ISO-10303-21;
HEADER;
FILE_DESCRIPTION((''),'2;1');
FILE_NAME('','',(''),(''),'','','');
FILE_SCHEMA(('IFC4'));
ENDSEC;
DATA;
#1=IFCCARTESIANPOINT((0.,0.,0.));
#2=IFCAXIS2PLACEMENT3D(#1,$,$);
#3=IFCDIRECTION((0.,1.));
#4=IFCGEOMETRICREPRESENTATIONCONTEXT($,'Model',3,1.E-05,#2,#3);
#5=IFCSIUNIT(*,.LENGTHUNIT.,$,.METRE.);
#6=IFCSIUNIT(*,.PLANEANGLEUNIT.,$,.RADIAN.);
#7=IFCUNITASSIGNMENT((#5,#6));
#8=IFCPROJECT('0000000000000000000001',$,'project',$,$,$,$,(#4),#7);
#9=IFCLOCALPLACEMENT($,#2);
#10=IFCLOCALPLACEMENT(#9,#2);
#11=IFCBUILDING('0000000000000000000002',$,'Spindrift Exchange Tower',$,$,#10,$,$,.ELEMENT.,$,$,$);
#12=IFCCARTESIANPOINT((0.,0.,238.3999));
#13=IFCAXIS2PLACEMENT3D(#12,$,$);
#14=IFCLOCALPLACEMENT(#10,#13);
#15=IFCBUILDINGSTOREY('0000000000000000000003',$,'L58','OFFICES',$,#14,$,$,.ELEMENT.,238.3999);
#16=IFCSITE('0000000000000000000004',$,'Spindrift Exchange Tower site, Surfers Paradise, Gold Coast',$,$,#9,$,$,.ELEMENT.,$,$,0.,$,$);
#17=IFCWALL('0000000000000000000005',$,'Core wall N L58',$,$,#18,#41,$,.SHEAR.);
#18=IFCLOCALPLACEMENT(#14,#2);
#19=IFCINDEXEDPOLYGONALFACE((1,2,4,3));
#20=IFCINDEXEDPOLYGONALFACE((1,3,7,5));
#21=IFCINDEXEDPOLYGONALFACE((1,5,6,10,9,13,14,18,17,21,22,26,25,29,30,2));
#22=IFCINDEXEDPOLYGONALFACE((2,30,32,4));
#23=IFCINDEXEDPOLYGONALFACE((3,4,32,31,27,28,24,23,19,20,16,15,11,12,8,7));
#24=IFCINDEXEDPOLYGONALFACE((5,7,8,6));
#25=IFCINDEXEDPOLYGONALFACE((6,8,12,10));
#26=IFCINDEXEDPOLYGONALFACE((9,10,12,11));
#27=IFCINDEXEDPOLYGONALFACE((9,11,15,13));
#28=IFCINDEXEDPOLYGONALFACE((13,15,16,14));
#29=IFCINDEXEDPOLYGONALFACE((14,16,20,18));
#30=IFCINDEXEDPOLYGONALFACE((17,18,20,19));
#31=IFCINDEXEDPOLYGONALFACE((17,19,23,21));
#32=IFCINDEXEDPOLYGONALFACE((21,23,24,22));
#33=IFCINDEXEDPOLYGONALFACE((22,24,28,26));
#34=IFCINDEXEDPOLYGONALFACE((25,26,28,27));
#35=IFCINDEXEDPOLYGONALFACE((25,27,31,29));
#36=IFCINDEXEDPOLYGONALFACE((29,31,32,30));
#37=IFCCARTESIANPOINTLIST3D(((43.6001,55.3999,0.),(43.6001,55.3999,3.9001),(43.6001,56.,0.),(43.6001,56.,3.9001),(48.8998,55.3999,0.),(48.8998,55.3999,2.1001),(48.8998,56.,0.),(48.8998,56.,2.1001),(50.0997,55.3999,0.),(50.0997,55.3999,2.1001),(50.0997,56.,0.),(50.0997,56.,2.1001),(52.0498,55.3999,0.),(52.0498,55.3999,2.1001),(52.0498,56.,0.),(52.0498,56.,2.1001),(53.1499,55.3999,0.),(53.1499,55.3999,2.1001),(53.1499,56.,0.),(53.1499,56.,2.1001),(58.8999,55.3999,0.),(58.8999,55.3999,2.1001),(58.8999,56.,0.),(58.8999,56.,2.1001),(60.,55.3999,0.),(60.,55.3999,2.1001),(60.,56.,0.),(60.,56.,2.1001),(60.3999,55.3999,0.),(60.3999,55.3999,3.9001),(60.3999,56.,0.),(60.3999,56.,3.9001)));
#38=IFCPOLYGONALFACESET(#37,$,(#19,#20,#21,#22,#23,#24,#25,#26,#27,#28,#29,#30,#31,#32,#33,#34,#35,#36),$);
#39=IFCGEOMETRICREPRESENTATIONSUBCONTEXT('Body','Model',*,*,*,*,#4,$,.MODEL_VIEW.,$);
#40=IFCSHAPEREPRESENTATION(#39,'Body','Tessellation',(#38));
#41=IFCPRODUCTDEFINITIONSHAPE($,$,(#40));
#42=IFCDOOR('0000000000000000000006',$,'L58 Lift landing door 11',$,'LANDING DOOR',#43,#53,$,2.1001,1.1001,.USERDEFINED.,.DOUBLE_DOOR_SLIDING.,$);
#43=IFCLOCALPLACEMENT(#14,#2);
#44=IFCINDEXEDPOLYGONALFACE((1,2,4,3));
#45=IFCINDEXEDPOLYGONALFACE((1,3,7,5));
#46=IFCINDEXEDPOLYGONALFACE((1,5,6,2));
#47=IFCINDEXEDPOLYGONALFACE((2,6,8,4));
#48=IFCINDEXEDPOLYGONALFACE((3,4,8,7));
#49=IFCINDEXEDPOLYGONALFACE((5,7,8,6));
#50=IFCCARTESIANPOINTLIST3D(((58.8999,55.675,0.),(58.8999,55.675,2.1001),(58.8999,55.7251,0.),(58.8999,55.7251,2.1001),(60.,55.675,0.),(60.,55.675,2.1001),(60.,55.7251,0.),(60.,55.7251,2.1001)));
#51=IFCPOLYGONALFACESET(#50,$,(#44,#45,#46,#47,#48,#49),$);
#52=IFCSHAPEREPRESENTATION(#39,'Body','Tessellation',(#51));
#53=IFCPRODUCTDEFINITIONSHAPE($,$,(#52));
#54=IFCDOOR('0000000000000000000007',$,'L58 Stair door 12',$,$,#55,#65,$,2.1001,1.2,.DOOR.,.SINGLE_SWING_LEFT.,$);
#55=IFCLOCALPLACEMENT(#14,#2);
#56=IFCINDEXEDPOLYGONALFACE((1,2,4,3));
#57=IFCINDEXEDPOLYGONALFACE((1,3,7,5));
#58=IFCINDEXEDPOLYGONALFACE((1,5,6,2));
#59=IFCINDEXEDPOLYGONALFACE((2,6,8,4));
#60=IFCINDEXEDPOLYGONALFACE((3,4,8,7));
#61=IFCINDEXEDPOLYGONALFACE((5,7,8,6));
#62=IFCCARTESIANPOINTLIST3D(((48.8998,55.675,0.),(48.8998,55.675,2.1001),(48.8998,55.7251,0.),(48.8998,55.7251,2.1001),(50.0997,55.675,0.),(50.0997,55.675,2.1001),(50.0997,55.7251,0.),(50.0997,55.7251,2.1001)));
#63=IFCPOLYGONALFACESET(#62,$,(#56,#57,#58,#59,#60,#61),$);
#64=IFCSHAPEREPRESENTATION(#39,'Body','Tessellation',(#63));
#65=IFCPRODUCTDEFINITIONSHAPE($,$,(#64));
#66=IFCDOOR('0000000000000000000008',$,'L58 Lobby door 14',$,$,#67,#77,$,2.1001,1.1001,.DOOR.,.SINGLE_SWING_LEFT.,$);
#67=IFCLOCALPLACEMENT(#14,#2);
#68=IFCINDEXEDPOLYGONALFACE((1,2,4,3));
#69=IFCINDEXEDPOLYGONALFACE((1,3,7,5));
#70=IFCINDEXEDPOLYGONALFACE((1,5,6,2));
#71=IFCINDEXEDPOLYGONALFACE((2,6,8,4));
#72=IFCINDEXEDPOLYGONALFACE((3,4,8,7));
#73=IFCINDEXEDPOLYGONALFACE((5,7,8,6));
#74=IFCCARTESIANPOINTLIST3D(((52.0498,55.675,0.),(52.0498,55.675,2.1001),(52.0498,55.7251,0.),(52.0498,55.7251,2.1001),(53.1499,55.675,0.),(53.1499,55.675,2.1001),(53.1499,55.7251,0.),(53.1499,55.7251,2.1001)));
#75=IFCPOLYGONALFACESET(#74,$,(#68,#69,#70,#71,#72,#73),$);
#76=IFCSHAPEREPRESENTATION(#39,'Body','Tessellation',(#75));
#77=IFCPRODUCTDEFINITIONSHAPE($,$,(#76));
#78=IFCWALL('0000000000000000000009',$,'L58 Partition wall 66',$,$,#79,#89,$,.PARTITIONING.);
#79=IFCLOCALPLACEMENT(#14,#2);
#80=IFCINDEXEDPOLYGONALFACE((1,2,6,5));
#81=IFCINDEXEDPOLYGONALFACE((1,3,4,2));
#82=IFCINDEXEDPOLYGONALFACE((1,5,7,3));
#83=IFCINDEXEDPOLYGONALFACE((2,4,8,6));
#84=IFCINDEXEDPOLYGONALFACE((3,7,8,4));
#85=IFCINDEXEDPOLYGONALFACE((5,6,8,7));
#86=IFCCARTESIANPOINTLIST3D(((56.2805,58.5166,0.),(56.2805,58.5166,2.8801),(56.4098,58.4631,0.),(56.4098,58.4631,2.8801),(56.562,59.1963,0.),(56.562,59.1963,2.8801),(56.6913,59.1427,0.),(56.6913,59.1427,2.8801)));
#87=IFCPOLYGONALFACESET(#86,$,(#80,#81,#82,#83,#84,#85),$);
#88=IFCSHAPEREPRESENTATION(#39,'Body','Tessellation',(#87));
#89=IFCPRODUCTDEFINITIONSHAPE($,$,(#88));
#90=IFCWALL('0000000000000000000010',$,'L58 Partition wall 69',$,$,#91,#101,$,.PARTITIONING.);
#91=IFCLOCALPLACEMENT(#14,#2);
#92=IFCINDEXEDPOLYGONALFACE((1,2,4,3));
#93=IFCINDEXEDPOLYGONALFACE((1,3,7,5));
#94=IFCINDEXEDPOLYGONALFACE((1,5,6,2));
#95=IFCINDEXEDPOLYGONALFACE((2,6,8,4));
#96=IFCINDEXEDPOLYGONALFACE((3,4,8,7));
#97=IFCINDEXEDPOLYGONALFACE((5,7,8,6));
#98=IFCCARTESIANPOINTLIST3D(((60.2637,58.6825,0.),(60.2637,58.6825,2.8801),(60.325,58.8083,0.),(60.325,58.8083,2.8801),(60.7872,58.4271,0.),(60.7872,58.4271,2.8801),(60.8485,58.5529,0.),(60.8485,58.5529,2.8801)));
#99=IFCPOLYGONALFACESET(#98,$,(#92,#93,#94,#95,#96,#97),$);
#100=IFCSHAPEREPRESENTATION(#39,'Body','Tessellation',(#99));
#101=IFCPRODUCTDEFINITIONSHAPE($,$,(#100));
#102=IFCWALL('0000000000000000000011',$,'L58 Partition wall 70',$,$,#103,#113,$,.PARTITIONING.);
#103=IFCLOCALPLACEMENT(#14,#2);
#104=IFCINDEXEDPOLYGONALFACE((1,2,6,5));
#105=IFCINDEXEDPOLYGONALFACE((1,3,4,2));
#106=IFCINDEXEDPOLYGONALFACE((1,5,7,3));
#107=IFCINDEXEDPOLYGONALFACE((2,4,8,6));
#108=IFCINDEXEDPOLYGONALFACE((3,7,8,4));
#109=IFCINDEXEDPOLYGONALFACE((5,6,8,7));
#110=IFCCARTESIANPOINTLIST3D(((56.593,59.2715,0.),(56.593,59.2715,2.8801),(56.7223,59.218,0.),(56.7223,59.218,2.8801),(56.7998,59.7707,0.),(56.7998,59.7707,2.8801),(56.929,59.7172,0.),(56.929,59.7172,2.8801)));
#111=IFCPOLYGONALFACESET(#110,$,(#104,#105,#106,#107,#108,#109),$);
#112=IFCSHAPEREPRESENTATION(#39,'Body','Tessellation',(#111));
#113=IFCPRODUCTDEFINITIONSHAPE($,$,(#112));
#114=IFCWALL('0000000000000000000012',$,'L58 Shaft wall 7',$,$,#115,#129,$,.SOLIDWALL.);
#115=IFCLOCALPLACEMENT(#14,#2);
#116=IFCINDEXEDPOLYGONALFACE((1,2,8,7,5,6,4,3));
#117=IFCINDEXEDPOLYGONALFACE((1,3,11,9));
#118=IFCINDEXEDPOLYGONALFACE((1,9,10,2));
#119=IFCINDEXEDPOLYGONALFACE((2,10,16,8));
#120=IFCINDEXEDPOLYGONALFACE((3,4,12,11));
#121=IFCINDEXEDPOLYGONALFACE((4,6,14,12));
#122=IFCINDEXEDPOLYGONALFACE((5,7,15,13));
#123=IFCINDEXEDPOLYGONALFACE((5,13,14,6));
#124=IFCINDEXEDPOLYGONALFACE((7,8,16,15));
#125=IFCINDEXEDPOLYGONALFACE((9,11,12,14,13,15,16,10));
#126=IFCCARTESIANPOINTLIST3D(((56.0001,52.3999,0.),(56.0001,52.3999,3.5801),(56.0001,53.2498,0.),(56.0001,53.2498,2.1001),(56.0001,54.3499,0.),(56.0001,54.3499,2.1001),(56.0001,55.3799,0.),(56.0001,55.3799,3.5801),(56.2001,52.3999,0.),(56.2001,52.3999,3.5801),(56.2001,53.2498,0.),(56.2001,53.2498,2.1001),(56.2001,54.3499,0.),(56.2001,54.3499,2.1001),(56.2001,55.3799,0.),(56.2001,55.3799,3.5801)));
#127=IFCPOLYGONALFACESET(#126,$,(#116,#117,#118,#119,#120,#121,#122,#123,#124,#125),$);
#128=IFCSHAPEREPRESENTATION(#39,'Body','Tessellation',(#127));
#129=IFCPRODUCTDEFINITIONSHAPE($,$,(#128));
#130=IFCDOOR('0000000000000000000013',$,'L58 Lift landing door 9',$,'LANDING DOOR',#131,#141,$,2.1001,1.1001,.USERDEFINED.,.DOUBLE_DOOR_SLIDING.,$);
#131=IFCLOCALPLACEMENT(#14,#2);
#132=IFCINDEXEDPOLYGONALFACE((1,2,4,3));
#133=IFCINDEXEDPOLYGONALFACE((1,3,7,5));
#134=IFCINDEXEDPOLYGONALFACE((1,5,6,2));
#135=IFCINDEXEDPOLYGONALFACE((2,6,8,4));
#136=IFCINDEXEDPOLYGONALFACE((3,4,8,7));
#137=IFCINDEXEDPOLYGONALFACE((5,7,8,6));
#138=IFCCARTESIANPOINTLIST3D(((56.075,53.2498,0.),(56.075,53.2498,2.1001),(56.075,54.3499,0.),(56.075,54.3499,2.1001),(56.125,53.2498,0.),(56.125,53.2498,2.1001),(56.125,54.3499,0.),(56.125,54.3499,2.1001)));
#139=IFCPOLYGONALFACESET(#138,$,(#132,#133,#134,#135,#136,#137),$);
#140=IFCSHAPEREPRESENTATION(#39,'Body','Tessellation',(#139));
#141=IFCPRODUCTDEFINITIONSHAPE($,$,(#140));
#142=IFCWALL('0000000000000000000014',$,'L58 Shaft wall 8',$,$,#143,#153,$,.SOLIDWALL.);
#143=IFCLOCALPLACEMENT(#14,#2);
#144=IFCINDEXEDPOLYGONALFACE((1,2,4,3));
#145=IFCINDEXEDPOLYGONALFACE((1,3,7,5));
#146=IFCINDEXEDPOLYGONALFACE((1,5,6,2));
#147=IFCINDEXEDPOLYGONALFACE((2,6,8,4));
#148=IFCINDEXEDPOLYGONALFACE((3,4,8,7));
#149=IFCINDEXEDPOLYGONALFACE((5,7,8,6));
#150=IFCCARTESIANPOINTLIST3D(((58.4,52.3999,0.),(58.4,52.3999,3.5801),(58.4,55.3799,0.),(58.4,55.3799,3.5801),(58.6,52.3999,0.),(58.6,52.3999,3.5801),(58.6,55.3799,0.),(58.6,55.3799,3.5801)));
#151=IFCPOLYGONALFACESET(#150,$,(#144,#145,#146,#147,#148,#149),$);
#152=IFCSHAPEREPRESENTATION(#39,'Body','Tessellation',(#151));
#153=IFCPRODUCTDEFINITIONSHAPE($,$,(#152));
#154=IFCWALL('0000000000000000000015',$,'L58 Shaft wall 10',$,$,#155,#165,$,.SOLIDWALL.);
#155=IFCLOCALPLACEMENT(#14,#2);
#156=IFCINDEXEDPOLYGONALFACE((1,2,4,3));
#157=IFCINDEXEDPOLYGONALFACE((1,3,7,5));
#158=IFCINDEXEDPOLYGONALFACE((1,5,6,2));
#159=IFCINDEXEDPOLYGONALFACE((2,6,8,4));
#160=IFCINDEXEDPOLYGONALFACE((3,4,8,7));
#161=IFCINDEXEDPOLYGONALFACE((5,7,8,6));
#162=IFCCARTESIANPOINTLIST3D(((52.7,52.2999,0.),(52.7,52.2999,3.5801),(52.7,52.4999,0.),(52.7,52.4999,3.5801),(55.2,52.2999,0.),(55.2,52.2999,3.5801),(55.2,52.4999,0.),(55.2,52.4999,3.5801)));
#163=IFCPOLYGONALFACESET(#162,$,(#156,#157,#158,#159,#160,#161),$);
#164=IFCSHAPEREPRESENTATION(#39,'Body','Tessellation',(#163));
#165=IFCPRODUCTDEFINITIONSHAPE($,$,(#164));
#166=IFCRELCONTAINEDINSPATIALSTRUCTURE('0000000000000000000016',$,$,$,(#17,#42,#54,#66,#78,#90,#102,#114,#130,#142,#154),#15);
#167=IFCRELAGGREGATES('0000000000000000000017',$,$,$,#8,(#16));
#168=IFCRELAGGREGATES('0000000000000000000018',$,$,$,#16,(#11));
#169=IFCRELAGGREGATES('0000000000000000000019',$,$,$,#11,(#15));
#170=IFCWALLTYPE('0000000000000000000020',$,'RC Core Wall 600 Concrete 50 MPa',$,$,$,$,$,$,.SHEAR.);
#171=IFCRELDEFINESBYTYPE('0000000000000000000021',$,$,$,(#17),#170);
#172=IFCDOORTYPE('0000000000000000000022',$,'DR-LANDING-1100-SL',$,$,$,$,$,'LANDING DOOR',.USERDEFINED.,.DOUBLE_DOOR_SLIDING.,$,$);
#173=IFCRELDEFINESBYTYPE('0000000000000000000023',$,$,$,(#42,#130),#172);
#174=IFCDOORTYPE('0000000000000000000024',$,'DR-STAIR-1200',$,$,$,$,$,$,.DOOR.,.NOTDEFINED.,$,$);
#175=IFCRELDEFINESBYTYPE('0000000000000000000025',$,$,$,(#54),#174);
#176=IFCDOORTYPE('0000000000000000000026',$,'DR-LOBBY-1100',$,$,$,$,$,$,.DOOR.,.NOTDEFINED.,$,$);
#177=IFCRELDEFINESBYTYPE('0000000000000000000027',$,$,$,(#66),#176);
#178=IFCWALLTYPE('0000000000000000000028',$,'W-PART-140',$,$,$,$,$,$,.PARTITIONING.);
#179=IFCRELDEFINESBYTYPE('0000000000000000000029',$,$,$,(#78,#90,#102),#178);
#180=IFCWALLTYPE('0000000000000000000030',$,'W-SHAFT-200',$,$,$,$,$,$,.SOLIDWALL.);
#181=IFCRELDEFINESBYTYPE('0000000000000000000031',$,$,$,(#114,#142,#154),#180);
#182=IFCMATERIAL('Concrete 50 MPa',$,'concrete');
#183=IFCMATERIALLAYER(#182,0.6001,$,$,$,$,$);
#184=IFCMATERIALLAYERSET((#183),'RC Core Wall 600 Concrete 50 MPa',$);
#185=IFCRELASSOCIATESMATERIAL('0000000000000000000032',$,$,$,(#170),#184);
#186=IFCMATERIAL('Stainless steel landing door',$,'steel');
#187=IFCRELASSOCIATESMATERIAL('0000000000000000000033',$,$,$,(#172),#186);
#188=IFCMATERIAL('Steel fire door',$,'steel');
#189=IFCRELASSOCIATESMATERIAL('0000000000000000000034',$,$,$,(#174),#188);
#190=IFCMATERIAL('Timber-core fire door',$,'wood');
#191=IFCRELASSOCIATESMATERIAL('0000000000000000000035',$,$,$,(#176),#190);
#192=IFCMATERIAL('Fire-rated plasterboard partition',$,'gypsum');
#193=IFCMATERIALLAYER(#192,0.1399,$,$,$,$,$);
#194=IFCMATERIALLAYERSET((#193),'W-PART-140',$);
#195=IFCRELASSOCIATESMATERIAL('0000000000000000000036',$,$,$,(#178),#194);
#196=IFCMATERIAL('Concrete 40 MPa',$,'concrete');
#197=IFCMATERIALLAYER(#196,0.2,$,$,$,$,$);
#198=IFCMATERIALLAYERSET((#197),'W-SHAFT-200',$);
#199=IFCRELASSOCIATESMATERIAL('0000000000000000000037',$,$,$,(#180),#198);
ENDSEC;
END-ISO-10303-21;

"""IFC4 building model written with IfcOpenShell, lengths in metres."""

from ifc_helpers import new_model, si_unit, direction, frame, frame_2d, origin, place, context, subcontext, project, spatial, rectangle, extrude, source, transform, mapped, material, layer, layer_set, type_object, element, fill, save


model = new_model("IFC4")

# Units and contexts
model_context = context("Model", 3, precision=1e-05, world=origin(), true_north=direction((0.0, 1.0)))
body_context = subcontext(model_context, "Body", "Model", "MODEL_VIEW")
ifc_project = project(units=[si_unit("LENGTHUNIT", "METRE"), si_unit("PLANEANGLEUNIT", "RADIAN")], contexts=[model_context])

# Site, building, storey
site_placement = place(None, origin())
site = spatial("IfcSite", under=ifc_project, at=site_placement, Name="Spindrift Exchange Tower site, Surfers Paradise, Gold Coast", CompositionType="ELEMENT", RefElevation=0.0)
building_placement = place(site_placement, origin())
building = spatial("IfcBuilding", under=site, at=building_placement, Name="Spindrift Exchange Tower", CompositionType="ELEMENT")
storey_placement = place(building_placement, frame((0.0, 0.0, 238.3999)))
storey = spatial("IfcBuildingStorey", under=building, at=storey_placement, Name="L58", Description="OFFICES", CompositionType="ELEMENT", Elevation=238.3999)

# Wall, openings, doors
ifc_material_1 = material(Name="Concrete 50 MPa", Category="concrete")
ifc_layer_1 = layer(ifc_material_1, 0.6001)
ifc_layer_set_1 = layer_set([ifc_layer_1], Name="RC Core Wall 600 Concrete 50 MPa")
wall_type_1 = type_object("IfcWallType", Name="RC Core Wall 600 Concrete 50 MPa", PredefinedType="SHEAR", material=ifc_layer_set_1)
wall_1_placement = place(storey_placement, frame((60.3999, 55.7, 0.0), z_axis=(0.0, 0.0, 1.0), x_axis=(-1.0, 0.0, 0.0)))
wall_1 = element("IfcWall", 1, at=wall_1_placement, inside=storey, type_object=wall_type_1, Name="Core wall N L58", PredefinedType="SHEAR", context=body_context, shape_type="SweptSolid", body=[
    extrude(rectangle(XDim=16.7998, YDim=0.6001, at=frame_2d((8.3999, 0.0))), origin(), (0.0, 0.0, 1.0), 3.9001),
])
opening_1_placement = place(wall_1_placement, frame((0.3999, 0.0, 0.0)))
opening_1 = element("IfcOpeningElement", 2, at=opening_1_placement, cuts=wall_1, PredefinedType="OPENING", context=body_context, shape_type="SweptSolid", body=[
    extrude(rectangle(XDim=1.1001, YDim=2.1001, at=frame_2d((0.55, 1.05))), frame((0.0, 0.3101, 0.0), z_axis=(0.0, -1.0, 0.0), x_axis=(1.0, 0.0, 0.0)), (0.0, 0.0, 1.0), 0.6201),
])
opening_2_placement = place(wall_1_placement, frame((10.3, 0.0, 0.0)))
opening_2 = element("IfcOpeningElement", 3, at=opening_2_placement, cuts=wall_1, PredefinedType="OPENING", context=body_context, shape_type="SweptSolid", body=[
    extrude(rectangle(XDim=1.2, YDim=2.1001, at=frame_2d((0.6001, 1.05))), frame((0.0, 0.3101, 0.0), z_axis=(0.0, -1.0, 0.0), x_axis=(1.0, 0.0, 0.0)), (0.0, 0.0, 1.0), 0.6201),
])
opening_3_placement = place(wall_1_placement, frame((7.25, 0.0, 0.0)))
opening_3 = element("IfcOpeningElement", 4, at=opening_3_placement, cuts=wall_1, PredefinedType="OPENING", context=body_context, shape_type="SweptSolid", body=[
    extrude(rectangle(XDim=1.1001, YDim=2.1001, at=frame_2d((0.55, 1.05))), frame((0.0, 0.3101, 0.0), z_axis=(0.0, -1.0, 0.0), x_axis=(1.0, 0.0, 0.0)), (0.0, 0.0, 1.0), 0.6201),
])
ifc_material_2 = material(Name="Stainless steel landing door", Category="steel")
door_type_1 = type_object("IfcDoorType", Name="DR-LANDING-1100-SL", ElementType="LANDING DOOR", OperationType="DOUBLE_DOOR_SLIDING", PredefinedType="USERDEFINED", material=ifc_material_2)
shared_shape_1 = source(origin(), body_context, "Body", "SweptSolid", [
    extrude(rectangle(XDim=1.1001, YDim=2.1001, at=frame_2d((0.55, 1.05))), frame((0.0, 0.0249, 0.0), z_axis=(0.0, -1.0, 0.0), x_axis=(1.0, 0.0, 0.0)), (0.0, 0.0, 1.0), 0.05),
])
door_1_placement = place(opening_1_placement, origin())
door_1 = element("IfcDoor", 5, at=door_1_placement, inside=storey, type_object=door_type_1, Name="L58 Lift landing door 11", ObjectType="LANDING DOOR", OperationType="DOUBLE_DOOR_SLIDING", OverallHeight=2.1001, OverallWidth=1.1001, PredefinedType="USERDEFINED", context=body_context, shape_type="MappedRepresentation", body=[
    mapped(shared_shape_1, transform((0.0, 0.0, 0.0), scale=1.0)),
])
fill(opening_1, door_1)
ifc_material_3 = material(Name="Steel fire door", Category="steel")
door_type_2 = type_object("IfcDoorType", Name="DR-STAIR-1200", OperationType="NOTDEFINED", PredefinedType="DOOR", material=ifc_material_3)
shared_shape_2 = source(origin(), body_context, "Body", "SweptSolid", [
    extrude(rectangle(XDim=1.2, YDim=2.1001, at=frame_2d((0.6001, 1.05))), frame((0.0, 0.0249, 0.0), z_axis=(0.0, -1.0, 0.0), x_axis=(1.0, 0.0, 0.0)), (0.0, 0.0, 1.0), 0.05),
])
door_2_placement = place(opening_2_placement, origin())
door_2 = element("IfcDoor", 6, at=door_2_placement, inside=storey, type_object=door_type_2, Name="L58 Stair door 12", OperationType="SINGLE_SWING_LEFT", OverallHeight=2.1001, OverallWidth=1.2, PredefinedType="DOOR", context=body_context, shape_type="MappedRepresentation", body=[
    mapped(shared_shape_2, transform((0.0, 0.0, 0.0), scale=1.0)),
])
fill(opening_2, door_2)
ifc_material_4 = material(Name="Timber-core fire door", Category="wood")
door_type_3 = type_object("IfcDoorType", Name="DR-LOBBY-1100", OperationType="NOTDEFINED", PredefinedType="DOOR", material=ifc_material_4)
shared_shape_3 = source(origin(), body_context, "Body", "SweptSolid", [
    extrude(rectangle(XDim=1.1001, YDim=2.1001, at=frame_2d((0.55, 1.05))), frame((0.0, 0.0249, 0.0), z_axis=(0.0, -1.0, 0.0), x_axis=(1.0, 0.0, 0.0)), (0.0, 0.0, 1.0), 0.05),
])
door_3_placement = place(opening_3_placement, origin())
door_3 = element("IfcDoor", 7, at=door_3_placement, inside=storey, type_object=door_type_3, Name="L58 Lobby door 14", OperationType="SINGLE_SWING_LEFT", OverallHeight=2.1001, OverallWidth=1.1001, PredefinedType="DOOR", context=body_context, shape_type="MappedRepresentation", body=[
    mapped(shared_shape_3, transform((0.0, 0.0, 0.0), scale=1.0)),
])
fill(opening_3, door_3)

# Walls
ifc_material_5 = material(Name="Fire-rated plasterboard partition", Category="gypsum")
ifc_layer_2 = layer(ifc_material_5, 0.1399)
ifc_layer_set_2 = layer_set([ifc_layer_2], Name="W-PART-140")
wall_type_2 = type_object("IfcWallType", Name="W-PART-140", PredefinedType="PARTITIONING", material=ifc_layer_set_2)
wall_2_placement = place(storey_placement, frame((56.3452, 58.49, 0.0), z_axis=(0.0, 0.0, 1.0), x_axis=(0.382635, 0.9239, 0.0)))
element("IfcWall", 8, at=wall_2_placement, inside=storey, type_object=wall_type_2, Name="L58 Partition wall 66", PredefinedType="PARTITIONING", context=body_context, shape_type="SweptSolid", body=[
    extrude(rectangle(XDim=0.7356, YDim=0.1399, at=frame_2d((0.3677, 0.0))), origin(), (0.0, 0.0, 1.0), 2.8801),
])
wall_3_placement = place(storey_placement, frame((60.8179, 58.49, 0.0), z_axis=(0.0, 0.0, 1.0), x_axis=(-0.898744, 0.438473, 0.0)))
element("IfcWall", 9, at=wall_3_placement, inside=storey, type_object=wall_type_2, Name="L58 Partition wall 69", PredefinedType="PARTITIONING", context=body_context, shape_type="SweptSolid", body=[
    extrude(rectangle(XDim=0.5825, YDim=0.1399, at=frame_2d((0.2913, 0.0))), origin(), (0.0, 0.0, 1.0), 2.8801),
])
wall_4_placement = place(storey_placement, frame((56.6577, 59.2449, 0.0), z_axis=(0.0, 0.0, 1.0), x_axis=(0.382658, 0.92389, 0.0)))
element("IfcWall", 10, at=wall_4_placement, inside=storey, type_object=wall_type_2, Name="L58 Partition wall 70", PredefinedType="PARTITIONING", context=body_context, shape_type="SweptSolid", body=[
    extrude(rectangle(XDim=0.5403, YDim=0.1399, at=frame_2d((0.27, 0.0))), origin(), (0.0, 0.0, 1.0), 2.8801),
])

# Wall, opening, door
ifc_material_6 = material(Name="Concrete 40 MPa", Category="concrete")
ifc_layer_3 = layer(ifc_material_6, 0.2)
ifc_layer_set_3 = layer_set([ifc_layer_3], Name="W-SHAFT-200")
wall_type_3 = type_object("IfcWallType", Name="W-SHAFT-200", PredefinedType="SOLIDWALL", material=ifc_layer_set_3)
wall_5_placement = place(storey_placement, frame((56.1001, 55.3799, 0.0), z_axis=(0.0, 0.0, 1.0), x_axis=(0.0, -1.0, 0.0)))
wall_5 = element("IfcWall", 11, at=wall_5_placement, inside=storey, type_object=wall_type_3, Name="L58 Shaft wall 7", PredefinedType="SOLIDWALL", context=body_context, shape_type="SweptSolid", body=[
    extrude(rectangle(XDim=2.98, YDim=0.2, at=frame_2d((1.49, 0.0))), origin(), (0.0, 0.0, 1.0), 3.5801),
])
opening_4_placement = place(wall_5_placement, frame((1.03, 0.0, 0.0)))
opening_4 = element("IfcOpeningElement", 12, at=opening_4_placement, cuts=wall_5, PredefinedType="OPENING", context=body_context, shape_type="SweptSolid", body=[
    extrude(rectangle(XDim=1.1001, YDim=2.1001, at=frame_2d((0.55, 1.05))), frame((0.0, 0.1099, 0.0), z_axis=(0.0, -1.0, 0.0), x_axis=(1.0, 0.0, 0.0)), (0.0, 0.0, 1.0), 0.22),
])
door_4_placement = place(opening_4_placement, origin())
door_4 = element("IfcDoor", 13, at=door_4_placement, inside=storey, type_object=door_type_1, Name="L58 Lift landing door 9", ObjectType="LANDING DOOR", OperationType="DOUBLE_DOOR_SLIDING", OverallHeight=2.1001, OverallWidth=1.1001, PredefinedType="USERDEFINED", context=body_context, shape_type="MappedRepresentation", body=[
    mapped(shared_shape_1, transform((0.0, 0.0, 0.0), scale=1.0)),
])
fill(opening_4, door_4)

# Walls
wall_6_placement = place(storey_placement, frame((58.5, 52.3999, 0.0), z_axis=(0.0, 0.0, 1.0), x_axis=(0.0, 1.0, 0.0)))
element("IfcWall", 14, at=wall_6_placement, inside=storey, type_object=wall_type_3, Name="L58 Shaft wall 8", PredefinedType="SOLIDWALL", context=body_context, shape_type="SweptSolid", body=[
    extrude(rectangle(XDim=2.98, YDim=0.2, at=frame_2d((1.49, 0.0))), origin(), (0.0, 0.0, 1.0), 3.5801),
])
wall_7_placement = place(storey_placement, frame((55.2, 52.3999, 0.0), z_axis=(0.0, 0.0, 1.0), x_axis=(-1.0, 0.0, 0.0)))
element("IfcWall", 15, at=wall_7_placement, inside=storey, type_object=wall_type_3, Name="L58 Shaft wall 10", PredefinedType="SOLIDWALL", context=body_context, shape_type="SweptSolid", body=[
    extrude(rectangle(XDim=2.5, YDim=0.2, at=frame_2d((1.25, 0.0))), origin(), (0.0, 0.0, 1.0), 3.5801),
])

save(model, "model.ifc")
